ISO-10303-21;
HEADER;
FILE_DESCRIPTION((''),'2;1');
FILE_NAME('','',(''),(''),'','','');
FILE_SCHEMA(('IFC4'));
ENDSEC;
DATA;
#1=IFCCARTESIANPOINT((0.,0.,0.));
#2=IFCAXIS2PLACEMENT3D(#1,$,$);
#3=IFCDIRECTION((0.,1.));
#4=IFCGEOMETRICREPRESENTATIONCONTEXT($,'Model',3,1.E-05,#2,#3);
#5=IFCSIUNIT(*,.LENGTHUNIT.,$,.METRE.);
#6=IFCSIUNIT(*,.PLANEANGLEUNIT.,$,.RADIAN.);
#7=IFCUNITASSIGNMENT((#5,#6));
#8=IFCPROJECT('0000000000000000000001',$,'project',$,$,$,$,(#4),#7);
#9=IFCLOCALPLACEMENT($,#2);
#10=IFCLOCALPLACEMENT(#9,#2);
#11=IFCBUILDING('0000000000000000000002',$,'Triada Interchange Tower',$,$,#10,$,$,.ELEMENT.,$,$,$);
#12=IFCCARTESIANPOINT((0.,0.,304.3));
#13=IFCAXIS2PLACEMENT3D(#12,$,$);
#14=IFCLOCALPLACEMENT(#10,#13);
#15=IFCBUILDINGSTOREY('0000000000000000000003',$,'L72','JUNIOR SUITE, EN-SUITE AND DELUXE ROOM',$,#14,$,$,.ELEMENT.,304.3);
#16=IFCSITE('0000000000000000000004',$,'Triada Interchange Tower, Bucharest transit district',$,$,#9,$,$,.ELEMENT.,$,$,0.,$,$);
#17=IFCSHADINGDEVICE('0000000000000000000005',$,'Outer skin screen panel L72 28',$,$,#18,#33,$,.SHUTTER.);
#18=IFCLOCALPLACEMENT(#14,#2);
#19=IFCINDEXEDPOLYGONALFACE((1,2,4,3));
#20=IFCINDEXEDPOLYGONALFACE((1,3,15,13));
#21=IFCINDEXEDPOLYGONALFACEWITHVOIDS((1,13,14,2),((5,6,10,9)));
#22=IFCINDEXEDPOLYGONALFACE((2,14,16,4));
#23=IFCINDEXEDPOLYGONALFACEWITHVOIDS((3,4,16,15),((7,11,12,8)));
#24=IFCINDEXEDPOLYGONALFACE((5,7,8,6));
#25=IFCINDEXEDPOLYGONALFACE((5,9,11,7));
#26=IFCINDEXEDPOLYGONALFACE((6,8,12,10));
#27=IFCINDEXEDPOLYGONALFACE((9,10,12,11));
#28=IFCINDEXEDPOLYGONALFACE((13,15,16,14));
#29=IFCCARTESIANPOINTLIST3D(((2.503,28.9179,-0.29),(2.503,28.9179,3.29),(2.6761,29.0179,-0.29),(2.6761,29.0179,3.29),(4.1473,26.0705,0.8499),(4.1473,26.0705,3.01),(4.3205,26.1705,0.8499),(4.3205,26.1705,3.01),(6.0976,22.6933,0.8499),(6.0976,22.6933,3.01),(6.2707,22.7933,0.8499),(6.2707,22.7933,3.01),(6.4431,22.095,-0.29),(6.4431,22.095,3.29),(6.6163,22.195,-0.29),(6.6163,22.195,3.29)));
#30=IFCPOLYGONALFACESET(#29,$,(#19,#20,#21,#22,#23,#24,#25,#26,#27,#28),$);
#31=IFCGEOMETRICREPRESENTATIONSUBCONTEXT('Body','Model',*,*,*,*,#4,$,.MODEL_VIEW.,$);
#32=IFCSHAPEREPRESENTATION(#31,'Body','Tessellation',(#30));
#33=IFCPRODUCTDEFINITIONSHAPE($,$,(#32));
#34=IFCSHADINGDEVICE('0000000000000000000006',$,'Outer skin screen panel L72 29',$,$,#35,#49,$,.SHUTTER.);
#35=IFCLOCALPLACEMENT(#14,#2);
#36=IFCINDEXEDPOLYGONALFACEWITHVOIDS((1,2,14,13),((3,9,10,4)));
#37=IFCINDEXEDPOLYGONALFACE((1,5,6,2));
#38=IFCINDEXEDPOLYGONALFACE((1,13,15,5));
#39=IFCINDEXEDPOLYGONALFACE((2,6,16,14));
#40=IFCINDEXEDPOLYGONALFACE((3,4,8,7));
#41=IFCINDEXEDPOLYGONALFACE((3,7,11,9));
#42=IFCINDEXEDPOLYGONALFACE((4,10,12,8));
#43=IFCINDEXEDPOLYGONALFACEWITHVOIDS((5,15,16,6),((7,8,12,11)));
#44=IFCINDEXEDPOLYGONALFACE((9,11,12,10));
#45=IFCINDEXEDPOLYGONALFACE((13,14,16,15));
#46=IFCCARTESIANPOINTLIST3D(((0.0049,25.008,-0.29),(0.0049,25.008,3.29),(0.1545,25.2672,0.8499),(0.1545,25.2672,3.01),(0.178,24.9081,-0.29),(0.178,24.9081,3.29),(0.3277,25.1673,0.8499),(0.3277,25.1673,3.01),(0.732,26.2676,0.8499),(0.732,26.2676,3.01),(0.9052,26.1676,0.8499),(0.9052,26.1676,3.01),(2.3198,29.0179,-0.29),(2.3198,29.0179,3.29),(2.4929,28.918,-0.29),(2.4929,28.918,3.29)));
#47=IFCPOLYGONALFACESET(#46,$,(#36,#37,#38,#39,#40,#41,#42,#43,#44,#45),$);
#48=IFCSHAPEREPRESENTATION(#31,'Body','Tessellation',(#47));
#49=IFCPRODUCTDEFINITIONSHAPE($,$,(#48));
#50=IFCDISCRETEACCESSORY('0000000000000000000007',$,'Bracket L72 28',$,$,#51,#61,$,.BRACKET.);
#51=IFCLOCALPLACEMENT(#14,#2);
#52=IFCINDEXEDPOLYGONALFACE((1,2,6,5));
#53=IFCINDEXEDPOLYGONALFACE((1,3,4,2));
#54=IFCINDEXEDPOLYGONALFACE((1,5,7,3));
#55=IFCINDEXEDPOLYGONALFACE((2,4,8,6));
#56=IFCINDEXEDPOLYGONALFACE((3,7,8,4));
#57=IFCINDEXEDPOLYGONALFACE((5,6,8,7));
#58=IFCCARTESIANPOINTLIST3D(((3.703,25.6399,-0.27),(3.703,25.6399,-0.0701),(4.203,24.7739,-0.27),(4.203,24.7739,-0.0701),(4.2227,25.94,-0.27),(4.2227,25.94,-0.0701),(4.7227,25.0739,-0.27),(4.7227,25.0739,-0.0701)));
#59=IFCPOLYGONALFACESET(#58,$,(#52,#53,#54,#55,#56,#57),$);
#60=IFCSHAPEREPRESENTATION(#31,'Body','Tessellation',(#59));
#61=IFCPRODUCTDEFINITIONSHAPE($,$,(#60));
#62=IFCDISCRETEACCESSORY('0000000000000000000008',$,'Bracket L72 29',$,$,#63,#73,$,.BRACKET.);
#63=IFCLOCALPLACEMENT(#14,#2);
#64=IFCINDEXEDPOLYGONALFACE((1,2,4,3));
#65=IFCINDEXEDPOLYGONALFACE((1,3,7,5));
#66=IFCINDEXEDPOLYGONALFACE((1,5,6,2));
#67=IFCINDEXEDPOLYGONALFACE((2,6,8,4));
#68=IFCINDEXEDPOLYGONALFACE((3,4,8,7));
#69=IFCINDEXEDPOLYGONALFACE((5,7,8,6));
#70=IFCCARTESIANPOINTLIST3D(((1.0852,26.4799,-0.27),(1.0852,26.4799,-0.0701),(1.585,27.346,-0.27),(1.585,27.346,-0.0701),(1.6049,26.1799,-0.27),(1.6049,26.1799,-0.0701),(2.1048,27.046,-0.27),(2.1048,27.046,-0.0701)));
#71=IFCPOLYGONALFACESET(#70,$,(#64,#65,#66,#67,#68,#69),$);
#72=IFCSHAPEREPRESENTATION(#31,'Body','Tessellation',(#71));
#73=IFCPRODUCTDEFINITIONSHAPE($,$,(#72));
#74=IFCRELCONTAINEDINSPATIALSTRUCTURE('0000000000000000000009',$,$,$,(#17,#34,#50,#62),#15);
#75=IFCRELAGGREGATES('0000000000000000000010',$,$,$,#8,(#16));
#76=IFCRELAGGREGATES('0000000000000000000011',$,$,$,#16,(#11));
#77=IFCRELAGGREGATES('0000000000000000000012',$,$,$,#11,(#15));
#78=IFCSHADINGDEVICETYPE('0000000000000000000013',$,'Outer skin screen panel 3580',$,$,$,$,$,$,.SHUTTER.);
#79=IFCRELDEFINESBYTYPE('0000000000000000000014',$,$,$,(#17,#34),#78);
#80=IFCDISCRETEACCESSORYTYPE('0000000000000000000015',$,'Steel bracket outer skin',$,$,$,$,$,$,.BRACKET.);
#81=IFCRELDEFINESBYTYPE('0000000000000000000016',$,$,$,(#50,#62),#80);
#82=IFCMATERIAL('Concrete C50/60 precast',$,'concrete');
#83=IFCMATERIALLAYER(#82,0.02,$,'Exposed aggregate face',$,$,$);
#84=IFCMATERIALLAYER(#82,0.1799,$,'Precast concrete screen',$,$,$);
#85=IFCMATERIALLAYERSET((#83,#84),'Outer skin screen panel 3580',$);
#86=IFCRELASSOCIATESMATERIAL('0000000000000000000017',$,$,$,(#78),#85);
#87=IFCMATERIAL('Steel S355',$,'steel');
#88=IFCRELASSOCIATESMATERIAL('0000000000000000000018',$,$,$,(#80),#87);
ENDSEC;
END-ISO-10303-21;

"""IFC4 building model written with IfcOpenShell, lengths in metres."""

from ifc_helpers import new_model, si_unit, direction, frame, origin, origin_2d, place, context, subcontext, project, spatial, polyline, rectangle, outline, extrude, material, layer, layer_set, type_object, element, save


model = new_model("IFC4")

# Units and contexts
model_context = context("Model", 3, precision=1e-05, world=origin(), true_north=direction((0.0, 1.0)))
body_context = subcontext(model_context, "Body", "Model", "MODEL_VIEW")
ifc_project = project(units=[si_unit("LENGTHUNIT", "METRE"), si_unit("PLANEANGLEUNIT", "RADIAN")], contexts=[model_context])

# Site, building, storey
site_placement = place(None, origin())
site = spatial("IfcSite", under=ifc_project, at=site_placement, Name="Triada Interchange Tower, Bucharest transit district", CompositionType="ELEMENT", RefElevation=0.0)
building_placement = place(site_placement, origin())
building = spatial("IfcBuilding", under=site, at=building_placement, Name="Triada Interchange Tower", CompositionType="ELEMENT")
storey_placement = place(building_placement, frame((0.0, 0.0, 304.3)))
storey = spatial("IfcBuildingStorey", under=building, at=storey_placement, Name="L72", Description="JUNIOR SUITE, EN-SUITE AND DELUXE ROOM", CompositionType="ELEMENT", Elevation=304.3)

# Shading devices
ifc_material_1 = material(Name="Concrete C50/60 precast", Category="concrete")
ifc_layer_1 = layer(ifc_material_1, 0.02, Name="Exposed aggregate face")
ifc_layer_2 = layer(ifc_material_1, 0.1799, Name="Precast concrete screen")
ifc_layer_set_1 = layer_set([ifc_layer_1, ifc_layer_2], Name="Outer skin screen panel 3580")
shading_device_type = type_object("IfcShadingDeviceType", Name="Outer skin screen panel 3580", PredefinedType="SHUTTER", material=ifc_layer_set_1)
shading_device_1_placement = place(storey_placement, frame((6.4431, 22.095, -0.29), z_axis=(0.0, 0.0, 1.0), x_axis=(-0.500088, 0.865975, 0.0)))
element("IfcShadingDevice", 1, at=shading_device_1_placement, inside=storey, type_object=shading_device_type, Name="Outer skin screen panel L72 28", PredefinedType="SHUTTER", context=body_context, shape_type="SweptSolid", body=[
    extrude(outline(polyline([(0.0, 0.0), (7.8789, 0.0), (7.8789, 3.5801), (0.0, 3.5801), (0.0, 0.0)]), holes=[polyline([(0.6909, 1.1399), (0.6909, 3.3), (4.5908, 3.3), (4.5908, 1.1399), (0.6909, 1.1399)])]), frame((0.0, 0.0, 0.0), z_axis=(0.0, -1.0, 0.0), x_axis=(1.0, 0.0, 0.0)), (0.0, 0.0, 1.0), 0.2),
])
shading_device_2_placement = place(storey_placement, frame((2.4929, 28.918, -0.29), z_axis=(0.0, 0.0, 1.0), x_axis=(-0.499961, -0.866048, 0.0)))
element("IfcShadingDevice", 2, at=shading_device_2_placement, inside=storey, type_object=shading_device_type, Name="Outer skin screen panel L72 29", PredefinedType="SHUTTER", context=body_context, shape_type="SweptSolid", body=[
    extrude(outline(polyline([(0.0, 0.0), (4.6301, 0.0), (4.6301, 3.5801), (0.0, 3.5801), (0.0, 0.0)]), holes=[polyline([(3.1758, 1.1399), (3.1758, 3.3), (4.3308, 3.3), (4.3308, 1.1399), (3.1758, 1.1399)])]), frame((0.0, 0.0, 0.0), z_axis=(0.0, -1.0, 0.0), x_axis=(1.0, 0.0, 0.0)), (0.0, 0.0, 1.0), 0.2),
])

# Discrete accessories
ifc_material_2 = material(Name="Steel S355", Category="steel")
discrete_accessory_type = type_object("IfcDiscreteAccessoryType", Name="Steel bracket outer skin", PredefinedType="BRACKET", material=ifc_material_2)
for number, where, z_axis, x_axis, name in (
    (3, (4.2129, 25.3569, -0.27), (0.0, 0.0, 1.0), (0.866027, 0.499997, 0.0), "Bracket L72 28"),
    (4, (1.595, 26.7629, -0.27), (0.0, 0.0, 1.0), (-0.866092, 0.499884, 0.0), "Bracket L72 29"),
):
    element("IfcDiscreteAccessory", number, at=place(storey_placement, frame(where, z_axis=z_axis, x_axis=x_axis)), inside=storey, type_object=discrete_accessory_type, Name=name, PredefinedType="BRACKET", context=body_context, shape_type="SweptSolid", body=[
        extrude(rectangle(XDim=0.6001, YDim=1.0, at=origin_2d()), origin(), (0.0, 0.0, 1.0), 0.2),
    ])

save(model, "model.ifc")
